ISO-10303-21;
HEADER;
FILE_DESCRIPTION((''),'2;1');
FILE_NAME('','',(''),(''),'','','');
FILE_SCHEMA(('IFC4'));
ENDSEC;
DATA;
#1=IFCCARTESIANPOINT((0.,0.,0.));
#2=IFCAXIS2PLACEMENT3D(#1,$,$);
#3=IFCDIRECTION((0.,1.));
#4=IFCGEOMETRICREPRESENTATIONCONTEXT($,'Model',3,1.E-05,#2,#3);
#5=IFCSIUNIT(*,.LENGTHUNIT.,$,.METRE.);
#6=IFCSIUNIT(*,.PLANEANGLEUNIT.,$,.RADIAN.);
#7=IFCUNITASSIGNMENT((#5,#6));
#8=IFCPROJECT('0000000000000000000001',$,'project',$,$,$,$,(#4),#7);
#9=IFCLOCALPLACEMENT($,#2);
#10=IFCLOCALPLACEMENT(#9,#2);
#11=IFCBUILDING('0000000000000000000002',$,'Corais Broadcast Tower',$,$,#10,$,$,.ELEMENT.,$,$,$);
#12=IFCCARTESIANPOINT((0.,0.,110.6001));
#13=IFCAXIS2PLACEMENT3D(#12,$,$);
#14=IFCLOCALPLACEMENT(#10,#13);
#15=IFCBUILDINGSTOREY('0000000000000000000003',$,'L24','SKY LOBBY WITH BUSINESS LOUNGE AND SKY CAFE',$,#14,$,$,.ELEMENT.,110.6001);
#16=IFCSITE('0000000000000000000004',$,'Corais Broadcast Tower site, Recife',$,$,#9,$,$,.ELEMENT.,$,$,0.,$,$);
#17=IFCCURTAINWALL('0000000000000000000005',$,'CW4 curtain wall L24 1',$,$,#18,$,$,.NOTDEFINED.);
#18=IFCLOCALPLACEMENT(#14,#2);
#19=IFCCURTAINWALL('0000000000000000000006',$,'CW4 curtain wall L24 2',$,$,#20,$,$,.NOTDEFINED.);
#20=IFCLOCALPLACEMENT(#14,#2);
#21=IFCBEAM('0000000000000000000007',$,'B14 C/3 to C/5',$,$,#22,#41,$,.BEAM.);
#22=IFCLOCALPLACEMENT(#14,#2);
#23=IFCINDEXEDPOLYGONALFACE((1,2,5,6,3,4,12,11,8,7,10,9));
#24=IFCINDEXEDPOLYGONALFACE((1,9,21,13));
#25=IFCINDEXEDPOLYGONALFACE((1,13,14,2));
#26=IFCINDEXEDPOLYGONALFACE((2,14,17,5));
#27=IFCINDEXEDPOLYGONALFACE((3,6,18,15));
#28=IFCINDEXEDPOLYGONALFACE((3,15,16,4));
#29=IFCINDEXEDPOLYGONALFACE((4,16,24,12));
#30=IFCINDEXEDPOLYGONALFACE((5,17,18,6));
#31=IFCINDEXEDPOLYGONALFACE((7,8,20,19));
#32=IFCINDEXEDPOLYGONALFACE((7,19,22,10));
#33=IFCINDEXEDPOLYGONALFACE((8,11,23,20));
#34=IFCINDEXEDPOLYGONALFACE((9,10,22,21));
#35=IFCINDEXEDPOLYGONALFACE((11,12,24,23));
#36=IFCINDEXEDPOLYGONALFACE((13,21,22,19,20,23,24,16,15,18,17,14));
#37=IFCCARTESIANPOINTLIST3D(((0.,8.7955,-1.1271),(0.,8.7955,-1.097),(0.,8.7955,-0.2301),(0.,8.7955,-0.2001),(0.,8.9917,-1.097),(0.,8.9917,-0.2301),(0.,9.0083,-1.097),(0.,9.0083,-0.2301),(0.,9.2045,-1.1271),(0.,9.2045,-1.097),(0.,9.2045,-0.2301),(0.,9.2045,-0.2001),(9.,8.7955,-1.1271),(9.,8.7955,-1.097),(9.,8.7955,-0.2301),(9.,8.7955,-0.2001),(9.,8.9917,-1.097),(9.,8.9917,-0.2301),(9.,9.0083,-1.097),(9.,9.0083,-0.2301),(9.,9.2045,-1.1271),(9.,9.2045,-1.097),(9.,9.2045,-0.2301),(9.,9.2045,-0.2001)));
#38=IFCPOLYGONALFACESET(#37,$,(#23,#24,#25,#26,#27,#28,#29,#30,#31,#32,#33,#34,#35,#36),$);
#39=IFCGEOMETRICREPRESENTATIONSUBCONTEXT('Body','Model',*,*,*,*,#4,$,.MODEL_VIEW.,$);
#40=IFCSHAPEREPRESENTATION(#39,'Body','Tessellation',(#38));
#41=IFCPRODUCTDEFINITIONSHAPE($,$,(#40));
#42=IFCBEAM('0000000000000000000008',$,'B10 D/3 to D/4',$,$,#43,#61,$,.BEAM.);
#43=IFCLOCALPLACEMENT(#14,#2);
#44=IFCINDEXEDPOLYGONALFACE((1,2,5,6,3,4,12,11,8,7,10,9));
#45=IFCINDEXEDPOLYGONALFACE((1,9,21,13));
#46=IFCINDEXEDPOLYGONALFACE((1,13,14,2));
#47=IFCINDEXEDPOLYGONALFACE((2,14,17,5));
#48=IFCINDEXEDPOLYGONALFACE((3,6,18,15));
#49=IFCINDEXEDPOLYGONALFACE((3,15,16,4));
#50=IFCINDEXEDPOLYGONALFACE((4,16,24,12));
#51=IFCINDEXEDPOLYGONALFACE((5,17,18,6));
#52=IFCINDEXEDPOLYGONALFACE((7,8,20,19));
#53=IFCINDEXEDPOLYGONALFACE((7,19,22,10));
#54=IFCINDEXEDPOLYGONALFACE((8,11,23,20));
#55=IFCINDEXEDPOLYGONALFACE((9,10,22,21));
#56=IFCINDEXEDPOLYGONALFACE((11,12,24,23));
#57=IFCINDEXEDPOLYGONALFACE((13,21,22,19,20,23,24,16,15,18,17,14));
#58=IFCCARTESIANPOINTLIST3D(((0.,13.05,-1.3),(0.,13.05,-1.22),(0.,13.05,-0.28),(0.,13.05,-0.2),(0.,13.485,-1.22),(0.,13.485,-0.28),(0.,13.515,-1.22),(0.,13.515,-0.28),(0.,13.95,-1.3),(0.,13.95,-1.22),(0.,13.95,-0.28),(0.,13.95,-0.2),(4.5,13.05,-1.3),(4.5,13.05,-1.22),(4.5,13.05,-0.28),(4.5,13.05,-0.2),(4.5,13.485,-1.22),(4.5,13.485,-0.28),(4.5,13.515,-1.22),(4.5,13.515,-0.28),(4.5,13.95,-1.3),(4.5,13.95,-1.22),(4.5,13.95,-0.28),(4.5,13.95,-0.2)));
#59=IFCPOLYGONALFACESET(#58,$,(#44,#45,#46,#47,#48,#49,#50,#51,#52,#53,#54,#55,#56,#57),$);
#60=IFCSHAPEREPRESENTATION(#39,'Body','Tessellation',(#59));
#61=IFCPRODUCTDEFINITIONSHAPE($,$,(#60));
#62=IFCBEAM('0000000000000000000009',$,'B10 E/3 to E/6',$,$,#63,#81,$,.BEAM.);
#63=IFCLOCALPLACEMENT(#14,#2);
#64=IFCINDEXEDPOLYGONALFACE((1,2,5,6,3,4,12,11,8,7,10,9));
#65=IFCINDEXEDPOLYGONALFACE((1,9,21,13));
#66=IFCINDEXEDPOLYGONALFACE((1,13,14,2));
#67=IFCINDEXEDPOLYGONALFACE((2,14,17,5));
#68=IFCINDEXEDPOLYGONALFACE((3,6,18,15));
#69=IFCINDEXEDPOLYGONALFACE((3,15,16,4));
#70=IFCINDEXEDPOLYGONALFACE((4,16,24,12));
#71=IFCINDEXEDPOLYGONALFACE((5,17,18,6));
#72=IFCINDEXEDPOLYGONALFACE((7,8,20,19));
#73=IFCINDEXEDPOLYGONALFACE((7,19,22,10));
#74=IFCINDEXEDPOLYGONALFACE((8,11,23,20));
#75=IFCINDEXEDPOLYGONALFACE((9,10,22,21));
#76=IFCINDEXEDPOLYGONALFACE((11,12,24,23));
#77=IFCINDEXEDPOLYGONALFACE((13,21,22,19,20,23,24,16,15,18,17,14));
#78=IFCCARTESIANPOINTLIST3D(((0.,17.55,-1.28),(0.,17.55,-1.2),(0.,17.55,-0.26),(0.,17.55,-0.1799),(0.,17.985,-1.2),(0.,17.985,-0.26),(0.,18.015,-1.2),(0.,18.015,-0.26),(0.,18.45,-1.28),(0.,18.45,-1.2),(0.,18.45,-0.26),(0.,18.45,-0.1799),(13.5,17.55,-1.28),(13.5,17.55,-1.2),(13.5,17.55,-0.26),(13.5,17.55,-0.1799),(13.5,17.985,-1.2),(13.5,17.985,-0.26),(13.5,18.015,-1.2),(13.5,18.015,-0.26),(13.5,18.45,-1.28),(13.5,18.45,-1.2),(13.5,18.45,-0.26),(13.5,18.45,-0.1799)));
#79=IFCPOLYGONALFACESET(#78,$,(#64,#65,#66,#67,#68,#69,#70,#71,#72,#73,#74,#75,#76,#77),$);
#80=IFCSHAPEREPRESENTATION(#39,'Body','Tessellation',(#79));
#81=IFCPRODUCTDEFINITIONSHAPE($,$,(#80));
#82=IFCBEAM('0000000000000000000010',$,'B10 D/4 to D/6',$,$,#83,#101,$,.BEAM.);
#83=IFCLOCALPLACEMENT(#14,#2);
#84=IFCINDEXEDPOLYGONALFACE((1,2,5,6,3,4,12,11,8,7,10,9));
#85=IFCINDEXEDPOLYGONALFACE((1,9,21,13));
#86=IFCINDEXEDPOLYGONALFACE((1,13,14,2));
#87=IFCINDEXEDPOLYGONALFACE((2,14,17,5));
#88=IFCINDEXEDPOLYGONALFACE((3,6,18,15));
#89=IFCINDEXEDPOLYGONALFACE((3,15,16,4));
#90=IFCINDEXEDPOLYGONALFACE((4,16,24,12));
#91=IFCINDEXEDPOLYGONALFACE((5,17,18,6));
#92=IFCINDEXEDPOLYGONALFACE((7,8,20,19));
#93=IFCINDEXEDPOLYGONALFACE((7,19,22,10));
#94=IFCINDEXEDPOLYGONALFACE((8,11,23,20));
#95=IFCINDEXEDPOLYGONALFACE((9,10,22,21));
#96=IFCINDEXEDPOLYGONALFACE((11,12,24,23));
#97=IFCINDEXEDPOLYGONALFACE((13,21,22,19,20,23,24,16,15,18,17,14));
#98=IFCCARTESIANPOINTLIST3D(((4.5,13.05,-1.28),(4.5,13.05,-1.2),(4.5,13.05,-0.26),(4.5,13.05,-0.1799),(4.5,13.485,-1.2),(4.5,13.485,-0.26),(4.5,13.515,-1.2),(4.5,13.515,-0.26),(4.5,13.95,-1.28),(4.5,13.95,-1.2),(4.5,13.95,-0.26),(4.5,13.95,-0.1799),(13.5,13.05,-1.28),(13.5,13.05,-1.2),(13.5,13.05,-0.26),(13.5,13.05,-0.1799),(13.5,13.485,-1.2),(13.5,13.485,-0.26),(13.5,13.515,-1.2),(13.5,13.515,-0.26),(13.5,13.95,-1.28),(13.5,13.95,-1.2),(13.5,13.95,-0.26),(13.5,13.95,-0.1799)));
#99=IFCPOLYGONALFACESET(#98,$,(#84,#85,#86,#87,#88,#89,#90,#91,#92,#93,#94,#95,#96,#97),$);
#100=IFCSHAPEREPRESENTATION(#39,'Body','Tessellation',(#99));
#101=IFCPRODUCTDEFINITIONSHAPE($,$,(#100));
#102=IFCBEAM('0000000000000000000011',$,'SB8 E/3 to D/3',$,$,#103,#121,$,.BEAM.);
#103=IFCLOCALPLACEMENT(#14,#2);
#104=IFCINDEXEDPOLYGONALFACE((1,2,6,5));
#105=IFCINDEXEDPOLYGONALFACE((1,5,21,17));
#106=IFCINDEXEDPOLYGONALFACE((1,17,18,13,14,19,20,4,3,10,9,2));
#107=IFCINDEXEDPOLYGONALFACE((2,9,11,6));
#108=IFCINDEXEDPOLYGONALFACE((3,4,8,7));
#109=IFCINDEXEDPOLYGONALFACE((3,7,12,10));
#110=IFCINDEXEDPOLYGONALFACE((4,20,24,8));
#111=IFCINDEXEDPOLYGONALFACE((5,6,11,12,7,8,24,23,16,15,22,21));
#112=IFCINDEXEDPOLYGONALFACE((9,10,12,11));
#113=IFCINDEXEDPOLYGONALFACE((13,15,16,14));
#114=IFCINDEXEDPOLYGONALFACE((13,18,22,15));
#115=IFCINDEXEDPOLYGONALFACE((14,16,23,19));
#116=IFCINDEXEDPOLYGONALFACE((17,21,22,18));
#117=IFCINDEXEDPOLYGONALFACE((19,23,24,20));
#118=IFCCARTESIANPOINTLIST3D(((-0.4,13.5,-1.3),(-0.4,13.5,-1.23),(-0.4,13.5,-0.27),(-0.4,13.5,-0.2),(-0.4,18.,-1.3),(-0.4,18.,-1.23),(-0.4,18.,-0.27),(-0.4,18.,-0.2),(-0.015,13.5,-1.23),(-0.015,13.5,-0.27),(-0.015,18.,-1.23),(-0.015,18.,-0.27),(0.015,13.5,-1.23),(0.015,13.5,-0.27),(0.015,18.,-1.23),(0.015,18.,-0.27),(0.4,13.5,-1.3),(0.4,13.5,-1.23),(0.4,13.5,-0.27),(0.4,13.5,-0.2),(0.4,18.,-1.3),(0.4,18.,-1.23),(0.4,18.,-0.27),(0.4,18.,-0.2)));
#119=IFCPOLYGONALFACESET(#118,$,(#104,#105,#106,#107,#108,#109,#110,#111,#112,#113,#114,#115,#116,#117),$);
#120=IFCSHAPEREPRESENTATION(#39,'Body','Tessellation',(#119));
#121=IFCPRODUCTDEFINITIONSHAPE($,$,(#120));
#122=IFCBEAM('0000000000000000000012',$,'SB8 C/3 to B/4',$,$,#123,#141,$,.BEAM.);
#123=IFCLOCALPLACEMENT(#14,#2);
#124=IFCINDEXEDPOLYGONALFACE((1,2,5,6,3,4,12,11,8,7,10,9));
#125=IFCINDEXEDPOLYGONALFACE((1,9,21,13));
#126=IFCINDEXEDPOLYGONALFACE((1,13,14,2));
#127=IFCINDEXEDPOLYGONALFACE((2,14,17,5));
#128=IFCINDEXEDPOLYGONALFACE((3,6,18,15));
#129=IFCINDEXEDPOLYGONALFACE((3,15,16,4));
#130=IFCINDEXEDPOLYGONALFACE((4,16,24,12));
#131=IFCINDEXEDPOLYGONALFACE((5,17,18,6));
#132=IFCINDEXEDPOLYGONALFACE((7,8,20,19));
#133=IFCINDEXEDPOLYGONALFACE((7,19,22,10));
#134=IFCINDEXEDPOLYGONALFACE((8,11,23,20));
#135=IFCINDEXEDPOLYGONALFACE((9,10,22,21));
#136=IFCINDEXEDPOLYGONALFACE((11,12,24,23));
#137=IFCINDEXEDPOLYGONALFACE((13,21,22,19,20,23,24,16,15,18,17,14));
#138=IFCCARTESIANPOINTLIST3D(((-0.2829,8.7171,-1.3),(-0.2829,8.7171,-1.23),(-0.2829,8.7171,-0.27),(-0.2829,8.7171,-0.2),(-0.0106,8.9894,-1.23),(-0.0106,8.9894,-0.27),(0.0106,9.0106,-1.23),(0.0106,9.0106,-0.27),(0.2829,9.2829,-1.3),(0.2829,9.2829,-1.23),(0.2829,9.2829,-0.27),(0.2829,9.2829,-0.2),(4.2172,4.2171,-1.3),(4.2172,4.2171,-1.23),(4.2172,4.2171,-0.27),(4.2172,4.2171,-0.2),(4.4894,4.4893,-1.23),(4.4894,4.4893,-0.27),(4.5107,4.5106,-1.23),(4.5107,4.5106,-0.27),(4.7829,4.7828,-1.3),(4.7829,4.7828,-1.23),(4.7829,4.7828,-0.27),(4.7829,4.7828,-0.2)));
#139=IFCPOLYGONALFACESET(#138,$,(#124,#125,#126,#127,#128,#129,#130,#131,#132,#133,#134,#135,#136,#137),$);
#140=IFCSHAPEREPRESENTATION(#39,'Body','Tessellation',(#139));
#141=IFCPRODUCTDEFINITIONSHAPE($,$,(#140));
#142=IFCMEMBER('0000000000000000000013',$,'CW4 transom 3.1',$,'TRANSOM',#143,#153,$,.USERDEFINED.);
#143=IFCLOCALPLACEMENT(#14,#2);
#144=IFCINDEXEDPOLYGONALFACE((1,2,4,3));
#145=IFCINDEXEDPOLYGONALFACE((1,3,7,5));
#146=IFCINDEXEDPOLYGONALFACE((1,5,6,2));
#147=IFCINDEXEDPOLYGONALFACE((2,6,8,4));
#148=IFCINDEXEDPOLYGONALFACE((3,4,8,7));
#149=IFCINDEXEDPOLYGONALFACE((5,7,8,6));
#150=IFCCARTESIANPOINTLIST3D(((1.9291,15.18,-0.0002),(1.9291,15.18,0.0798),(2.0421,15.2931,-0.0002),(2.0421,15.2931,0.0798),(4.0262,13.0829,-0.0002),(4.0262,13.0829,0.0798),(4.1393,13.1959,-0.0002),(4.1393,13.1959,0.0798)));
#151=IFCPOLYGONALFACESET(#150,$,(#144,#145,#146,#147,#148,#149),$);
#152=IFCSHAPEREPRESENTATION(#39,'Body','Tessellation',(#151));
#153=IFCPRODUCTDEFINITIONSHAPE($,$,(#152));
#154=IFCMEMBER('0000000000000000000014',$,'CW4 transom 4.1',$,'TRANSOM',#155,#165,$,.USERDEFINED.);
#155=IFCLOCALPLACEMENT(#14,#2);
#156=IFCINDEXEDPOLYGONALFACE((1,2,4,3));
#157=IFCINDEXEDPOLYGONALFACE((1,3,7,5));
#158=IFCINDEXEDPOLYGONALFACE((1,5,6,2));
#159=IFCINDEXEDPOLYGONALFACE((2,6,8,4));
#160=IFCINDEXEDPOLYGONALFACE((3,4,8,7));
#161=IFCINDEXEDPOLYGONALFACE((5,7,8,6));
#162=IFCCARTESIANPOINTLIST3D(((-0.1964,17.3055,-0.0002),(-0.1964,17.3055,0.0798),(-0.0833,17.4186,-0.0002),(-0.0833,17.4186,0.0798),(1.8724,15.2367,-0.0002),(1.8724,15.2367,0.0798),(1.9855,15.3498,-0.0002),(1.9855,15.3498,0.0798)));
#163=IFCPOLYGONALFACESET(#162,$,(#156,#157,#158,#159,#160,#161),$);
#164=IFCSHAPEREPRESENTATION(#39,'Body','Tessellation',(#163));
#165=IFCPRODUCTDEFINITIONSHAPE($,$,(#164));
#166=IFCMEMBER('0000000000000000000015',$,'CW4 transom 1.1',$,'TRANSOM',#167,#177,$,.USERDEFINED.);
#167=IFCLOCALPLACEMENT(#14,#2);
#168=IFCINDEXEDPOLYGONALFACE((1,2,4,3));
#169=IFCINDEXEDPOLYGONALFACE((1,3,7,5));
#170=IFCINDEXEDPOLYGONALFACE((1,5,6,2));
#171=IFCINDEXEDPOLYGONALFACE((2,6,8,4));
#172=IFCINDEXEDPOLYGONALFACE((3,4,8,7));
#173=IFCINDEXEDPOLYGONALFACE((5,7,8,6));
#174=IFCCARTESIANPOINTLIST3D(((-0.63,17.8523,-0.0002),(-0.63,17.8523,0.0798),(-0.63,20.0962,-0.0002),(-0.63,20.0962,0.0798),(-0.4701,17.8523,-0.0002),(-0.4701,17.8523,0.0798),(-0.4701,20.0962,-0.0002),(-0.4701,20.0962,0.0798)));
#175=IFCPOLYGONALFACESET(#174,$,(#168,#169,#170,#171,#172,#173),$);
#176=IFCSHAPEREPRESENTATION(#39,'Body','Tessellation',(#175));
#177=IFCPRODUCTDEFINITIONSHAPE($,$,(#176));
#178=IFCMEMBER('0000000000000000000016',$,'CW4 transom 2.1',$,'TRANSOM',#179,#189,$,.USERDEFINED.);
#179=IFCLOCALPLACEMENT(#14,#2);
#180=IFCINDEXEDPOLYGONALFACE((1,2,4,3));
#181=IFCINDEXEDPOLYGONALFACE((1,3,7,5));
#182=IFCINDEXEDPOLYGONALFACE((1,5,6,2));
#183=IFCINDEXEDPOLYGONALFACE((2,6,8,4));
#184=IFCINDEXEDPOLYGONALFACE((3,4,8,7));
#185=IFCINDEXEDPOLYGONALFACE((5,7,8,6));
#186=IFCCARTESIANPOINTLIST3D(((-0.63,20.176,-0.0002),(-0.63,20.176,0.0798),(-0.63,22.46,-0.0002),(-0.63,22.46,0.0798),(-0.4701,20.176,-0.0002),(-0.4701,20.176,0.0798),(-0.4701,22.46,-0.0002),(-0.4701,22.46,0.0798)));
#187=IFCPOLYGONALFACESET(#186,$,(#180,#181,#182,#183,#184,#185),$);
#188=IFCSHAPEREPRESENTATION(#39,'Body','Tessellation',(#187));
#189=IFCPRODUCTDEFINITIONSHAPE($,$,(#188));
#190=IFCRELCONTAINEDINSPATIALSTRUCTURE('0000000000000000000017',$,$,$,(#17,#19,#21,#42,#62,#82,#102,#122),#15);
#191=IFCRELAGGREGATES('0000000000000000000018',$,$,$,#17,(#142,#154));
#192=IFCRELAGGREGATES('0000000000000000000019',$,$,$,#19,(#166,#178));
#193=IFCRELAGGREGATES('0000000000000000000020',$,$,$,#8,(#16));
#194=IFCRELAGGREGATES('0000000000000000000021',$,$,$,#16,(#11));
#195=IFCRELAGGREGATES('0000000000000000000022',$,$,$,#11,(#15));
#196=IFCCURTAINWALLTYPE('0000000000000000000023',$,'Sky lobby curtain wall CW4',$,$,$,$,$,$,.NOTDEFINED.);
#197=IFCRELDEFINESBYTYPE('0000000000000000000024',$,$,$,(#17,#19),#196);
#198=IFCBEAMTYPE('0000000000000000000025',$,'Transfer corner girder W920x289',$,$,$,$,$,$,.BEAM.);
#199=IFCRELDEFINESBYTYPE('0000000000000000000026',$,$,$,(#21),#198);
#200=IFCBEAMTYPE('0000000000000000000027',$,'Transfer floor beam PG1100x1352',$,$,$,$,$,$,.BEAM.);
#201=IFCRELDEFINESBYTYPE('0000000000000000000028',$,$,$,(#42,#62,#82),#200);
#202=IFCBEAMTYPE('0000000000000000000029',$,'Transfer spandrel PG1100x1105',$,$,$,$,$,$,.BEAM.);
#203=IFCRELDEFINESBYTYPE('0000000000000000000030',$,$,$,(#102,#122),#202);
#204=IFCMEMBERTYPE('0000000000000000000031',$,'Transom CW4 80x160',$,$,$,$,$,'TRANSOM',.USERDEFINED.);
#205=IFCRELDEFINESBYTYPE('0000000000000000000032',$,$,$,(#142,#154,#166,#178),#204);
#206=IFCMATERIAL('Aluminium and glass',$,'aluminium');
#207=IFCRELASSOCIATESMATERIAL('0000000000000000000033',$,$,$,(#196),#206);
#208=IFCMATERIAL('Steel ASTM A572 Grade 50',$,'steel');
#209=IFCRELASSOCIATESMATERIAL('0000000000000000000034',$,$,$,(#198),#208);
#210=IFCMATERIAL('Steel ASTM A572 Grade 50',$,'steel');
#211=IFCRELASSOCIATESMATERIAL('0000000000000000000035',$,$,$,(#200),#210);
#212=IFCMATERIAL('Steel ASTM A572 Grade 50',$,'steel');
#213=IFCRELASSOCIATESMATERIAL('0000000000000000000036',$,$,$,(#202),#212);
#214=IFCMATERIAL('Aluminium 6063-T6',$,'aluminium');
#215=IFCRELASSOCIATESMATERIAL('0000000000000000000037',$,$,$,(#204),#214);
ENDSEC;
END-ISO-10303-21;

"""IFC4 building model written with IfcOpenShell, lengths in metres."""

from ifc_helpers import new_model, si_unit, direction, frame, origin, origin_2d, place, context, subcontext, project, spatial, rectangle, i_section, extrude, material, material_profile, profile_set, type_object, element, aggregate, save


model = new_model("IFC4")

# Units and contexts
model_context = context("Model", 3, precision=1e-05, world=origin(), true_north=direction((0.0, 1.0)))
body_context = subcontext(model_context, "Body", "Model", "MODEL_VIEW")
ifc_project = project(units=[si_unit("LENGTHUNIT", "METRE"), si_unit("PLANEANGLEUNIT", "RADIAN")], contexts=[model_context])

# Site, building, storey
site_placement = place(None, origin())
site = spatial("IfcSite", under=ifc_project, at=site_placement, Name="Corais Broadcast Tower site, Recife", CompositionType="ELEMENT", RefElevation=0.0)
building_placement = place(site_placement, origin())
building = spatial("IfcBuilding", under=site, at=building_placement, Name="Corais Broadcast Tower", CompositionType="ELEMENT")
storey_placement = place(building_placement, frame((0.0, 0.0, 110.6001)))
storey = spatial("IfcBuildingStorey", under=building, at=storey_placement, Name="L24", Description="SKY LOBBY WITH BUSINESS LOUNGE AND SKY CAFE", CompositionType="ELEMENT", Elevation=110.6001)

# Curtain walls
ifc_material_1 = material(Name="Aluminium and glass", Category="aluminium")
curtain_wall_type = type_object("IfcCurtainWallType", Name="Sky lobby curtain wall CW4", PredefinedType="NOTDEFINED", material=ifc_material_1)
curtain_wall_1_placement = place(storey_placement, origin())
curtain_wall_1 = element("IfcCurtainWall", 1, at=curtain_wall_1_placement, inside=storey, type_object=curtain_wall_type, Name="CW4 curtain wall L24 1", PredefinedType="NOTDEFINED")
curtain_wall_2_placement = place(storey_placement, origin())
curtain_wall_2 = element("IfcCurtainWall", 2, at=curtain_wall_2_placement, inside=storey, type_object=curtain_wall_type, Name="CW4 curtain wall L24 2", PredefinedType="NOTDEFINED")

# Beams
ifc_material_2 = material(Name="Steel ASTM A572 Grade 50", Category="steel")
ifc_material_profile_1 = material_profile(ifc_material_2, i_section(OverallWidth=0.4089, OverallDepth=0.927, WebThickness=0.0166, FlangeThickness=0.03, at=origin_2d()), Name="W920x289")
ifc_profile_set_1 = profile_set([ifc_material_profile_1], Name="Steel ASTM A572 Grade 50")
beam_type_1 = type_object("IfcBeamType", Name="Transfer corner girder W920x289", PredefinedType="BEAM", material=ifc_profile_set_1)
beam_1_placement = place(storey_placement, frame((0.0, 9.0, -0.6636), z_axis=(1.0, 0.0, 0.0), x_axis=(0.0, 1.0, 0.0)))
element("IfcBeam", 3, at=beam_1_placement, inside=storey, type_object=beam_type_1, Name="B14 C/3 to C/5", PredefinedType="BEAM", context=body_context, shape_type="SweptSolid", body=[
    extrude(i_section(OverallWidth=0.4089, OverallDepth=0.927, WebThickness=0.0166, FlangeThickness=0.03, at=origin_2d()), origin(), (0.0, 0.0, 1.0), 9.0),
])
ifc_material_3 = material(Name="Steel ASTM A572 Grade 50", Category="steel")
ifc_material_profile_2 = material_profile(ifc_material_3, i_section(OverallWidth=0.8999, OverallDepth=1.1001, WebThickness=0.03, FlangeThickness=0.0801, at=origin_2d()), Name="PG1100x1352")
ifc_profile_set_2 = profile_set([ifc_material_profile_2], Name="Steel ASTM A572 Grade 50")
beam_type_2 = type_object("IfcBeamType", Name="Transfer floor beam PG1100x1352", PredefinedType="BEAM", material=ifc_profile_set_2)
beam_2_placement = place(storey_placement, frame((0.0, 13.5, -0.75), z_axis=(1.0, 0.0, 0.0), x_axis=(0.0, 1.0, 0.0)))
element("IfcBeam", 4, at=beam_2_placement, inside=storey, type_object=beam_type_2, Name="B10 D/3 to D/4", PredefinedType="BEAM", context=body_context, shape_type="SweptSolid", body=[
    extrude(i_section(OverallWidth=0.8999, OverallDepth=1.1001, WebThickness=0.03, FlangeThickness=0.0801, at=origin_2d()), origin(), (0.0, 0.0, 1.0), 4.5),
])
beam_3_placement = place(storey_placement, frame((0.0, 18.0, -0.73), z_axis=(1.0, 0.0, 0.0), x_axis=(0.0, 1.0, 0.0)))
element("IfcBeam", 5, at=beam_3_placement, inside=storey, type_object=beam_type_2, Name="B10 E/3 to E/6", PredefinedType="BEAM", context=body_context, shape_type="SweptSolid", body=[
    extrude(i_section(OverallWidth=0.8999, OverallDepth=1.1001, WebThickness=0.03, FlangeThickness=0.0801, at=origin_2d()), origin(), (0.0, 0.0, 1.0), 13.5),
])
beam_4_placement = place(storey_placement, frame((4.5, 13.5, -0.73), z_axis=(1.0, 0.0, 0.0), x_axis=(0.0, 1.0, 0.0)))
element("IfcBeam", 6, at=beam_4_placement, inside=storey, type_object=beam_type_2, Name="B10 D/4 to D/6", PredefinedType="BEAM", context=body_context, shape_type="SweptSolid", body=[
    extrude(i_section(OverallWidth=0.8999, OverallDepth=1.1001, WebThickness=0.03, FlangeThickness=0.0801, at=origin_2d()), origin(), (0.0, 0.0, 1.0), 9.0),
])
ifc_material_4 = material(Name="Steel ASTM A572 Grade 50", Category="steel")
ifc_material_profile_3 = material_profile(ifc_material_4, i_section(OverallWidth=0.8, OverallDepth=1.1001, WebThickness=0.03, FlangeThickness=0.0701, at=origin_2d()), Name="PG1100x1105")
ifc_profile_set_3 = profile_set([ifc_material_profile_3], Name="Steel ASTM A572 Grade 50")
beam_type_3 = type_object("IfcBeamType", Name="Transfer spandrel PG1100x1105", PredefinedType="BEAM", material=ifc_profile_set_3)
beam_5_placement = place(storey_placement, frame((0.0, 18.0, -0.75), z_axis=(0.0, -1.0, 0.0), x_axis=(1.0, 0.0, 0.0)))
element("IfcBeam", 7, at=beam_5_placement, inside=storey, type_object=beam_type_3, Name="SB8 E/3 to D/3", PredefinedType="BEAM", context=body_context, shape_type="SweptSolid", body=[
    extrude(i_section(OverallWidth=0.8, OverallDepth=1.1001, WebThickness=0.03, FlangeThickness=0.0701, at=origin_2d()), origin(), (0.0, 0.0, 1.0), 4.5),
])
beam_6_placement = place(storey_placement, frame((0.0, 9.0, -0.75), z_axis=(0.707107, -0.707107, 0.0), x_axis=(0.707107, 0.707107, 0.0)))
element("IfcBeam", 8, at=beam_6_placement, inside=storey, type_object=beam_type_3, Name="SB8 C/3 to B/4", PredefinedType="BEAM", context=body_context, shape_type="SweptSolid", body=[
    extrude(i_section(OverallWidth=0.8, OverallDepth=1.1001, WebThickness=0.03, FlangeThickness=0.0701, at=origin_2d()), origin(), (0.0, 0.0, 1.0), 6.364),
])

# Members
ifc_material_5 = material(Name="Aluminium 6063-T6", Category="aluminium")
ifc_material_profile_4 = material_profile(ifc_material_5, rectangle(XDim=0.1599, YDim=0.0801, at=origin_2d()), Name="Transom CW4 80x160")
ifc_profile_set_4 = profile_set([ifc_material_profile_4], Name="Aluminium 6063-T6")
member_type_1 = type_object("IfcMemberType", Name="Transom CW4 80x160", ElementType="TRANSOM", PredefinedType="USERDEFINED", material=ifc_profile_set_4)
member_1_placement = place(storey_placement, frame((4.0828, 13.1394, 0.0398), z_axis=(-0.707107, 0.707107, 0.0), x_axis=(-0.707107, -0.707107, 0.0)))
member_1 = element("IfcMember", 9, at=member_1_placement, type_object=member_type_1, Name="CW4 transom 3.1", ObjectType="TRANSOM", PredefinedType="USERDEFINED", context=body_context, shape_type="SweptSolid", body=[
    extrude(rectangle(XDim=0.1599, YDim=0.0801, at=origin_2d()), origin(), (0.0, 0.0, 1.0), 2.9658),
])
member_2_placement = place(storey_placement, frame((1.929, 15.2932, 0.0398), z_axis=(-0.707107, 0.707107, 0.0), x_axis=(-0.707107, -0.707107, 0.0)))
member_2 = element("IfcMember", 10, at=member_2_placement, type_object=member_type_1, Name="CW4 transom 4.1", ObjectType="TRANSOM", PredefinedType="USERDEFINED", context=body_context, shape_type="SweptSolid", body=[
    extrude(rectangle(XDim=0.1599, YDim=0.0801, at=origin_2d()), origin(), (0.0, 0.0, 1.0), 2.9258),
])
member_3_placement = place(storey_placement, frame((-0.55, 17.8523, 0.0398), z_axis=(0.0, 1.0, 0.0), x_axis=(-1.0, 0.0, 0.0)))
member_3 = element("IfcMember", 11, at=member_3_placement, type_object=member_type_1, Name="CW4 transom 1.1", ObjectType="TRANSOM", PredefinedType="USERDEFINED", context=body_context, shape_type="SweptSolid", body=[
    extrude(rectangle(XDim=0.1599, YDim=0.0801, at=origin_2d()), origin(), (0.0, 0.0, 1.0), 2.2439),
])
member_4_placement = place(storey_placement, frame((-0.55, 20.176, 0.0398), z_axis=(0.0, 1.0, 0.0), x_axis=(-1.0, 0.0, 0.0)))
member_4 = element("IfcMember", 12, at=member_4_placement, type_object=member_type_1, Name="CW4 transom 2.1", ObjectType="TRANSOM", PredefinedType="USERDEFINED", context=body_context, shape_type="SweptSolid", body=[
    extrude(rectangle(XDim=0.1599, YDim=0.0801, at=origin_2d()), origin(), (0.0, 0.0, 1.0), 2.2839),
])

aggregate(curtain_wall_1, [member_1, member_2])
aggregate(curtain_wall_2, [member_3, member_4])

save(model, "model.ifc")
